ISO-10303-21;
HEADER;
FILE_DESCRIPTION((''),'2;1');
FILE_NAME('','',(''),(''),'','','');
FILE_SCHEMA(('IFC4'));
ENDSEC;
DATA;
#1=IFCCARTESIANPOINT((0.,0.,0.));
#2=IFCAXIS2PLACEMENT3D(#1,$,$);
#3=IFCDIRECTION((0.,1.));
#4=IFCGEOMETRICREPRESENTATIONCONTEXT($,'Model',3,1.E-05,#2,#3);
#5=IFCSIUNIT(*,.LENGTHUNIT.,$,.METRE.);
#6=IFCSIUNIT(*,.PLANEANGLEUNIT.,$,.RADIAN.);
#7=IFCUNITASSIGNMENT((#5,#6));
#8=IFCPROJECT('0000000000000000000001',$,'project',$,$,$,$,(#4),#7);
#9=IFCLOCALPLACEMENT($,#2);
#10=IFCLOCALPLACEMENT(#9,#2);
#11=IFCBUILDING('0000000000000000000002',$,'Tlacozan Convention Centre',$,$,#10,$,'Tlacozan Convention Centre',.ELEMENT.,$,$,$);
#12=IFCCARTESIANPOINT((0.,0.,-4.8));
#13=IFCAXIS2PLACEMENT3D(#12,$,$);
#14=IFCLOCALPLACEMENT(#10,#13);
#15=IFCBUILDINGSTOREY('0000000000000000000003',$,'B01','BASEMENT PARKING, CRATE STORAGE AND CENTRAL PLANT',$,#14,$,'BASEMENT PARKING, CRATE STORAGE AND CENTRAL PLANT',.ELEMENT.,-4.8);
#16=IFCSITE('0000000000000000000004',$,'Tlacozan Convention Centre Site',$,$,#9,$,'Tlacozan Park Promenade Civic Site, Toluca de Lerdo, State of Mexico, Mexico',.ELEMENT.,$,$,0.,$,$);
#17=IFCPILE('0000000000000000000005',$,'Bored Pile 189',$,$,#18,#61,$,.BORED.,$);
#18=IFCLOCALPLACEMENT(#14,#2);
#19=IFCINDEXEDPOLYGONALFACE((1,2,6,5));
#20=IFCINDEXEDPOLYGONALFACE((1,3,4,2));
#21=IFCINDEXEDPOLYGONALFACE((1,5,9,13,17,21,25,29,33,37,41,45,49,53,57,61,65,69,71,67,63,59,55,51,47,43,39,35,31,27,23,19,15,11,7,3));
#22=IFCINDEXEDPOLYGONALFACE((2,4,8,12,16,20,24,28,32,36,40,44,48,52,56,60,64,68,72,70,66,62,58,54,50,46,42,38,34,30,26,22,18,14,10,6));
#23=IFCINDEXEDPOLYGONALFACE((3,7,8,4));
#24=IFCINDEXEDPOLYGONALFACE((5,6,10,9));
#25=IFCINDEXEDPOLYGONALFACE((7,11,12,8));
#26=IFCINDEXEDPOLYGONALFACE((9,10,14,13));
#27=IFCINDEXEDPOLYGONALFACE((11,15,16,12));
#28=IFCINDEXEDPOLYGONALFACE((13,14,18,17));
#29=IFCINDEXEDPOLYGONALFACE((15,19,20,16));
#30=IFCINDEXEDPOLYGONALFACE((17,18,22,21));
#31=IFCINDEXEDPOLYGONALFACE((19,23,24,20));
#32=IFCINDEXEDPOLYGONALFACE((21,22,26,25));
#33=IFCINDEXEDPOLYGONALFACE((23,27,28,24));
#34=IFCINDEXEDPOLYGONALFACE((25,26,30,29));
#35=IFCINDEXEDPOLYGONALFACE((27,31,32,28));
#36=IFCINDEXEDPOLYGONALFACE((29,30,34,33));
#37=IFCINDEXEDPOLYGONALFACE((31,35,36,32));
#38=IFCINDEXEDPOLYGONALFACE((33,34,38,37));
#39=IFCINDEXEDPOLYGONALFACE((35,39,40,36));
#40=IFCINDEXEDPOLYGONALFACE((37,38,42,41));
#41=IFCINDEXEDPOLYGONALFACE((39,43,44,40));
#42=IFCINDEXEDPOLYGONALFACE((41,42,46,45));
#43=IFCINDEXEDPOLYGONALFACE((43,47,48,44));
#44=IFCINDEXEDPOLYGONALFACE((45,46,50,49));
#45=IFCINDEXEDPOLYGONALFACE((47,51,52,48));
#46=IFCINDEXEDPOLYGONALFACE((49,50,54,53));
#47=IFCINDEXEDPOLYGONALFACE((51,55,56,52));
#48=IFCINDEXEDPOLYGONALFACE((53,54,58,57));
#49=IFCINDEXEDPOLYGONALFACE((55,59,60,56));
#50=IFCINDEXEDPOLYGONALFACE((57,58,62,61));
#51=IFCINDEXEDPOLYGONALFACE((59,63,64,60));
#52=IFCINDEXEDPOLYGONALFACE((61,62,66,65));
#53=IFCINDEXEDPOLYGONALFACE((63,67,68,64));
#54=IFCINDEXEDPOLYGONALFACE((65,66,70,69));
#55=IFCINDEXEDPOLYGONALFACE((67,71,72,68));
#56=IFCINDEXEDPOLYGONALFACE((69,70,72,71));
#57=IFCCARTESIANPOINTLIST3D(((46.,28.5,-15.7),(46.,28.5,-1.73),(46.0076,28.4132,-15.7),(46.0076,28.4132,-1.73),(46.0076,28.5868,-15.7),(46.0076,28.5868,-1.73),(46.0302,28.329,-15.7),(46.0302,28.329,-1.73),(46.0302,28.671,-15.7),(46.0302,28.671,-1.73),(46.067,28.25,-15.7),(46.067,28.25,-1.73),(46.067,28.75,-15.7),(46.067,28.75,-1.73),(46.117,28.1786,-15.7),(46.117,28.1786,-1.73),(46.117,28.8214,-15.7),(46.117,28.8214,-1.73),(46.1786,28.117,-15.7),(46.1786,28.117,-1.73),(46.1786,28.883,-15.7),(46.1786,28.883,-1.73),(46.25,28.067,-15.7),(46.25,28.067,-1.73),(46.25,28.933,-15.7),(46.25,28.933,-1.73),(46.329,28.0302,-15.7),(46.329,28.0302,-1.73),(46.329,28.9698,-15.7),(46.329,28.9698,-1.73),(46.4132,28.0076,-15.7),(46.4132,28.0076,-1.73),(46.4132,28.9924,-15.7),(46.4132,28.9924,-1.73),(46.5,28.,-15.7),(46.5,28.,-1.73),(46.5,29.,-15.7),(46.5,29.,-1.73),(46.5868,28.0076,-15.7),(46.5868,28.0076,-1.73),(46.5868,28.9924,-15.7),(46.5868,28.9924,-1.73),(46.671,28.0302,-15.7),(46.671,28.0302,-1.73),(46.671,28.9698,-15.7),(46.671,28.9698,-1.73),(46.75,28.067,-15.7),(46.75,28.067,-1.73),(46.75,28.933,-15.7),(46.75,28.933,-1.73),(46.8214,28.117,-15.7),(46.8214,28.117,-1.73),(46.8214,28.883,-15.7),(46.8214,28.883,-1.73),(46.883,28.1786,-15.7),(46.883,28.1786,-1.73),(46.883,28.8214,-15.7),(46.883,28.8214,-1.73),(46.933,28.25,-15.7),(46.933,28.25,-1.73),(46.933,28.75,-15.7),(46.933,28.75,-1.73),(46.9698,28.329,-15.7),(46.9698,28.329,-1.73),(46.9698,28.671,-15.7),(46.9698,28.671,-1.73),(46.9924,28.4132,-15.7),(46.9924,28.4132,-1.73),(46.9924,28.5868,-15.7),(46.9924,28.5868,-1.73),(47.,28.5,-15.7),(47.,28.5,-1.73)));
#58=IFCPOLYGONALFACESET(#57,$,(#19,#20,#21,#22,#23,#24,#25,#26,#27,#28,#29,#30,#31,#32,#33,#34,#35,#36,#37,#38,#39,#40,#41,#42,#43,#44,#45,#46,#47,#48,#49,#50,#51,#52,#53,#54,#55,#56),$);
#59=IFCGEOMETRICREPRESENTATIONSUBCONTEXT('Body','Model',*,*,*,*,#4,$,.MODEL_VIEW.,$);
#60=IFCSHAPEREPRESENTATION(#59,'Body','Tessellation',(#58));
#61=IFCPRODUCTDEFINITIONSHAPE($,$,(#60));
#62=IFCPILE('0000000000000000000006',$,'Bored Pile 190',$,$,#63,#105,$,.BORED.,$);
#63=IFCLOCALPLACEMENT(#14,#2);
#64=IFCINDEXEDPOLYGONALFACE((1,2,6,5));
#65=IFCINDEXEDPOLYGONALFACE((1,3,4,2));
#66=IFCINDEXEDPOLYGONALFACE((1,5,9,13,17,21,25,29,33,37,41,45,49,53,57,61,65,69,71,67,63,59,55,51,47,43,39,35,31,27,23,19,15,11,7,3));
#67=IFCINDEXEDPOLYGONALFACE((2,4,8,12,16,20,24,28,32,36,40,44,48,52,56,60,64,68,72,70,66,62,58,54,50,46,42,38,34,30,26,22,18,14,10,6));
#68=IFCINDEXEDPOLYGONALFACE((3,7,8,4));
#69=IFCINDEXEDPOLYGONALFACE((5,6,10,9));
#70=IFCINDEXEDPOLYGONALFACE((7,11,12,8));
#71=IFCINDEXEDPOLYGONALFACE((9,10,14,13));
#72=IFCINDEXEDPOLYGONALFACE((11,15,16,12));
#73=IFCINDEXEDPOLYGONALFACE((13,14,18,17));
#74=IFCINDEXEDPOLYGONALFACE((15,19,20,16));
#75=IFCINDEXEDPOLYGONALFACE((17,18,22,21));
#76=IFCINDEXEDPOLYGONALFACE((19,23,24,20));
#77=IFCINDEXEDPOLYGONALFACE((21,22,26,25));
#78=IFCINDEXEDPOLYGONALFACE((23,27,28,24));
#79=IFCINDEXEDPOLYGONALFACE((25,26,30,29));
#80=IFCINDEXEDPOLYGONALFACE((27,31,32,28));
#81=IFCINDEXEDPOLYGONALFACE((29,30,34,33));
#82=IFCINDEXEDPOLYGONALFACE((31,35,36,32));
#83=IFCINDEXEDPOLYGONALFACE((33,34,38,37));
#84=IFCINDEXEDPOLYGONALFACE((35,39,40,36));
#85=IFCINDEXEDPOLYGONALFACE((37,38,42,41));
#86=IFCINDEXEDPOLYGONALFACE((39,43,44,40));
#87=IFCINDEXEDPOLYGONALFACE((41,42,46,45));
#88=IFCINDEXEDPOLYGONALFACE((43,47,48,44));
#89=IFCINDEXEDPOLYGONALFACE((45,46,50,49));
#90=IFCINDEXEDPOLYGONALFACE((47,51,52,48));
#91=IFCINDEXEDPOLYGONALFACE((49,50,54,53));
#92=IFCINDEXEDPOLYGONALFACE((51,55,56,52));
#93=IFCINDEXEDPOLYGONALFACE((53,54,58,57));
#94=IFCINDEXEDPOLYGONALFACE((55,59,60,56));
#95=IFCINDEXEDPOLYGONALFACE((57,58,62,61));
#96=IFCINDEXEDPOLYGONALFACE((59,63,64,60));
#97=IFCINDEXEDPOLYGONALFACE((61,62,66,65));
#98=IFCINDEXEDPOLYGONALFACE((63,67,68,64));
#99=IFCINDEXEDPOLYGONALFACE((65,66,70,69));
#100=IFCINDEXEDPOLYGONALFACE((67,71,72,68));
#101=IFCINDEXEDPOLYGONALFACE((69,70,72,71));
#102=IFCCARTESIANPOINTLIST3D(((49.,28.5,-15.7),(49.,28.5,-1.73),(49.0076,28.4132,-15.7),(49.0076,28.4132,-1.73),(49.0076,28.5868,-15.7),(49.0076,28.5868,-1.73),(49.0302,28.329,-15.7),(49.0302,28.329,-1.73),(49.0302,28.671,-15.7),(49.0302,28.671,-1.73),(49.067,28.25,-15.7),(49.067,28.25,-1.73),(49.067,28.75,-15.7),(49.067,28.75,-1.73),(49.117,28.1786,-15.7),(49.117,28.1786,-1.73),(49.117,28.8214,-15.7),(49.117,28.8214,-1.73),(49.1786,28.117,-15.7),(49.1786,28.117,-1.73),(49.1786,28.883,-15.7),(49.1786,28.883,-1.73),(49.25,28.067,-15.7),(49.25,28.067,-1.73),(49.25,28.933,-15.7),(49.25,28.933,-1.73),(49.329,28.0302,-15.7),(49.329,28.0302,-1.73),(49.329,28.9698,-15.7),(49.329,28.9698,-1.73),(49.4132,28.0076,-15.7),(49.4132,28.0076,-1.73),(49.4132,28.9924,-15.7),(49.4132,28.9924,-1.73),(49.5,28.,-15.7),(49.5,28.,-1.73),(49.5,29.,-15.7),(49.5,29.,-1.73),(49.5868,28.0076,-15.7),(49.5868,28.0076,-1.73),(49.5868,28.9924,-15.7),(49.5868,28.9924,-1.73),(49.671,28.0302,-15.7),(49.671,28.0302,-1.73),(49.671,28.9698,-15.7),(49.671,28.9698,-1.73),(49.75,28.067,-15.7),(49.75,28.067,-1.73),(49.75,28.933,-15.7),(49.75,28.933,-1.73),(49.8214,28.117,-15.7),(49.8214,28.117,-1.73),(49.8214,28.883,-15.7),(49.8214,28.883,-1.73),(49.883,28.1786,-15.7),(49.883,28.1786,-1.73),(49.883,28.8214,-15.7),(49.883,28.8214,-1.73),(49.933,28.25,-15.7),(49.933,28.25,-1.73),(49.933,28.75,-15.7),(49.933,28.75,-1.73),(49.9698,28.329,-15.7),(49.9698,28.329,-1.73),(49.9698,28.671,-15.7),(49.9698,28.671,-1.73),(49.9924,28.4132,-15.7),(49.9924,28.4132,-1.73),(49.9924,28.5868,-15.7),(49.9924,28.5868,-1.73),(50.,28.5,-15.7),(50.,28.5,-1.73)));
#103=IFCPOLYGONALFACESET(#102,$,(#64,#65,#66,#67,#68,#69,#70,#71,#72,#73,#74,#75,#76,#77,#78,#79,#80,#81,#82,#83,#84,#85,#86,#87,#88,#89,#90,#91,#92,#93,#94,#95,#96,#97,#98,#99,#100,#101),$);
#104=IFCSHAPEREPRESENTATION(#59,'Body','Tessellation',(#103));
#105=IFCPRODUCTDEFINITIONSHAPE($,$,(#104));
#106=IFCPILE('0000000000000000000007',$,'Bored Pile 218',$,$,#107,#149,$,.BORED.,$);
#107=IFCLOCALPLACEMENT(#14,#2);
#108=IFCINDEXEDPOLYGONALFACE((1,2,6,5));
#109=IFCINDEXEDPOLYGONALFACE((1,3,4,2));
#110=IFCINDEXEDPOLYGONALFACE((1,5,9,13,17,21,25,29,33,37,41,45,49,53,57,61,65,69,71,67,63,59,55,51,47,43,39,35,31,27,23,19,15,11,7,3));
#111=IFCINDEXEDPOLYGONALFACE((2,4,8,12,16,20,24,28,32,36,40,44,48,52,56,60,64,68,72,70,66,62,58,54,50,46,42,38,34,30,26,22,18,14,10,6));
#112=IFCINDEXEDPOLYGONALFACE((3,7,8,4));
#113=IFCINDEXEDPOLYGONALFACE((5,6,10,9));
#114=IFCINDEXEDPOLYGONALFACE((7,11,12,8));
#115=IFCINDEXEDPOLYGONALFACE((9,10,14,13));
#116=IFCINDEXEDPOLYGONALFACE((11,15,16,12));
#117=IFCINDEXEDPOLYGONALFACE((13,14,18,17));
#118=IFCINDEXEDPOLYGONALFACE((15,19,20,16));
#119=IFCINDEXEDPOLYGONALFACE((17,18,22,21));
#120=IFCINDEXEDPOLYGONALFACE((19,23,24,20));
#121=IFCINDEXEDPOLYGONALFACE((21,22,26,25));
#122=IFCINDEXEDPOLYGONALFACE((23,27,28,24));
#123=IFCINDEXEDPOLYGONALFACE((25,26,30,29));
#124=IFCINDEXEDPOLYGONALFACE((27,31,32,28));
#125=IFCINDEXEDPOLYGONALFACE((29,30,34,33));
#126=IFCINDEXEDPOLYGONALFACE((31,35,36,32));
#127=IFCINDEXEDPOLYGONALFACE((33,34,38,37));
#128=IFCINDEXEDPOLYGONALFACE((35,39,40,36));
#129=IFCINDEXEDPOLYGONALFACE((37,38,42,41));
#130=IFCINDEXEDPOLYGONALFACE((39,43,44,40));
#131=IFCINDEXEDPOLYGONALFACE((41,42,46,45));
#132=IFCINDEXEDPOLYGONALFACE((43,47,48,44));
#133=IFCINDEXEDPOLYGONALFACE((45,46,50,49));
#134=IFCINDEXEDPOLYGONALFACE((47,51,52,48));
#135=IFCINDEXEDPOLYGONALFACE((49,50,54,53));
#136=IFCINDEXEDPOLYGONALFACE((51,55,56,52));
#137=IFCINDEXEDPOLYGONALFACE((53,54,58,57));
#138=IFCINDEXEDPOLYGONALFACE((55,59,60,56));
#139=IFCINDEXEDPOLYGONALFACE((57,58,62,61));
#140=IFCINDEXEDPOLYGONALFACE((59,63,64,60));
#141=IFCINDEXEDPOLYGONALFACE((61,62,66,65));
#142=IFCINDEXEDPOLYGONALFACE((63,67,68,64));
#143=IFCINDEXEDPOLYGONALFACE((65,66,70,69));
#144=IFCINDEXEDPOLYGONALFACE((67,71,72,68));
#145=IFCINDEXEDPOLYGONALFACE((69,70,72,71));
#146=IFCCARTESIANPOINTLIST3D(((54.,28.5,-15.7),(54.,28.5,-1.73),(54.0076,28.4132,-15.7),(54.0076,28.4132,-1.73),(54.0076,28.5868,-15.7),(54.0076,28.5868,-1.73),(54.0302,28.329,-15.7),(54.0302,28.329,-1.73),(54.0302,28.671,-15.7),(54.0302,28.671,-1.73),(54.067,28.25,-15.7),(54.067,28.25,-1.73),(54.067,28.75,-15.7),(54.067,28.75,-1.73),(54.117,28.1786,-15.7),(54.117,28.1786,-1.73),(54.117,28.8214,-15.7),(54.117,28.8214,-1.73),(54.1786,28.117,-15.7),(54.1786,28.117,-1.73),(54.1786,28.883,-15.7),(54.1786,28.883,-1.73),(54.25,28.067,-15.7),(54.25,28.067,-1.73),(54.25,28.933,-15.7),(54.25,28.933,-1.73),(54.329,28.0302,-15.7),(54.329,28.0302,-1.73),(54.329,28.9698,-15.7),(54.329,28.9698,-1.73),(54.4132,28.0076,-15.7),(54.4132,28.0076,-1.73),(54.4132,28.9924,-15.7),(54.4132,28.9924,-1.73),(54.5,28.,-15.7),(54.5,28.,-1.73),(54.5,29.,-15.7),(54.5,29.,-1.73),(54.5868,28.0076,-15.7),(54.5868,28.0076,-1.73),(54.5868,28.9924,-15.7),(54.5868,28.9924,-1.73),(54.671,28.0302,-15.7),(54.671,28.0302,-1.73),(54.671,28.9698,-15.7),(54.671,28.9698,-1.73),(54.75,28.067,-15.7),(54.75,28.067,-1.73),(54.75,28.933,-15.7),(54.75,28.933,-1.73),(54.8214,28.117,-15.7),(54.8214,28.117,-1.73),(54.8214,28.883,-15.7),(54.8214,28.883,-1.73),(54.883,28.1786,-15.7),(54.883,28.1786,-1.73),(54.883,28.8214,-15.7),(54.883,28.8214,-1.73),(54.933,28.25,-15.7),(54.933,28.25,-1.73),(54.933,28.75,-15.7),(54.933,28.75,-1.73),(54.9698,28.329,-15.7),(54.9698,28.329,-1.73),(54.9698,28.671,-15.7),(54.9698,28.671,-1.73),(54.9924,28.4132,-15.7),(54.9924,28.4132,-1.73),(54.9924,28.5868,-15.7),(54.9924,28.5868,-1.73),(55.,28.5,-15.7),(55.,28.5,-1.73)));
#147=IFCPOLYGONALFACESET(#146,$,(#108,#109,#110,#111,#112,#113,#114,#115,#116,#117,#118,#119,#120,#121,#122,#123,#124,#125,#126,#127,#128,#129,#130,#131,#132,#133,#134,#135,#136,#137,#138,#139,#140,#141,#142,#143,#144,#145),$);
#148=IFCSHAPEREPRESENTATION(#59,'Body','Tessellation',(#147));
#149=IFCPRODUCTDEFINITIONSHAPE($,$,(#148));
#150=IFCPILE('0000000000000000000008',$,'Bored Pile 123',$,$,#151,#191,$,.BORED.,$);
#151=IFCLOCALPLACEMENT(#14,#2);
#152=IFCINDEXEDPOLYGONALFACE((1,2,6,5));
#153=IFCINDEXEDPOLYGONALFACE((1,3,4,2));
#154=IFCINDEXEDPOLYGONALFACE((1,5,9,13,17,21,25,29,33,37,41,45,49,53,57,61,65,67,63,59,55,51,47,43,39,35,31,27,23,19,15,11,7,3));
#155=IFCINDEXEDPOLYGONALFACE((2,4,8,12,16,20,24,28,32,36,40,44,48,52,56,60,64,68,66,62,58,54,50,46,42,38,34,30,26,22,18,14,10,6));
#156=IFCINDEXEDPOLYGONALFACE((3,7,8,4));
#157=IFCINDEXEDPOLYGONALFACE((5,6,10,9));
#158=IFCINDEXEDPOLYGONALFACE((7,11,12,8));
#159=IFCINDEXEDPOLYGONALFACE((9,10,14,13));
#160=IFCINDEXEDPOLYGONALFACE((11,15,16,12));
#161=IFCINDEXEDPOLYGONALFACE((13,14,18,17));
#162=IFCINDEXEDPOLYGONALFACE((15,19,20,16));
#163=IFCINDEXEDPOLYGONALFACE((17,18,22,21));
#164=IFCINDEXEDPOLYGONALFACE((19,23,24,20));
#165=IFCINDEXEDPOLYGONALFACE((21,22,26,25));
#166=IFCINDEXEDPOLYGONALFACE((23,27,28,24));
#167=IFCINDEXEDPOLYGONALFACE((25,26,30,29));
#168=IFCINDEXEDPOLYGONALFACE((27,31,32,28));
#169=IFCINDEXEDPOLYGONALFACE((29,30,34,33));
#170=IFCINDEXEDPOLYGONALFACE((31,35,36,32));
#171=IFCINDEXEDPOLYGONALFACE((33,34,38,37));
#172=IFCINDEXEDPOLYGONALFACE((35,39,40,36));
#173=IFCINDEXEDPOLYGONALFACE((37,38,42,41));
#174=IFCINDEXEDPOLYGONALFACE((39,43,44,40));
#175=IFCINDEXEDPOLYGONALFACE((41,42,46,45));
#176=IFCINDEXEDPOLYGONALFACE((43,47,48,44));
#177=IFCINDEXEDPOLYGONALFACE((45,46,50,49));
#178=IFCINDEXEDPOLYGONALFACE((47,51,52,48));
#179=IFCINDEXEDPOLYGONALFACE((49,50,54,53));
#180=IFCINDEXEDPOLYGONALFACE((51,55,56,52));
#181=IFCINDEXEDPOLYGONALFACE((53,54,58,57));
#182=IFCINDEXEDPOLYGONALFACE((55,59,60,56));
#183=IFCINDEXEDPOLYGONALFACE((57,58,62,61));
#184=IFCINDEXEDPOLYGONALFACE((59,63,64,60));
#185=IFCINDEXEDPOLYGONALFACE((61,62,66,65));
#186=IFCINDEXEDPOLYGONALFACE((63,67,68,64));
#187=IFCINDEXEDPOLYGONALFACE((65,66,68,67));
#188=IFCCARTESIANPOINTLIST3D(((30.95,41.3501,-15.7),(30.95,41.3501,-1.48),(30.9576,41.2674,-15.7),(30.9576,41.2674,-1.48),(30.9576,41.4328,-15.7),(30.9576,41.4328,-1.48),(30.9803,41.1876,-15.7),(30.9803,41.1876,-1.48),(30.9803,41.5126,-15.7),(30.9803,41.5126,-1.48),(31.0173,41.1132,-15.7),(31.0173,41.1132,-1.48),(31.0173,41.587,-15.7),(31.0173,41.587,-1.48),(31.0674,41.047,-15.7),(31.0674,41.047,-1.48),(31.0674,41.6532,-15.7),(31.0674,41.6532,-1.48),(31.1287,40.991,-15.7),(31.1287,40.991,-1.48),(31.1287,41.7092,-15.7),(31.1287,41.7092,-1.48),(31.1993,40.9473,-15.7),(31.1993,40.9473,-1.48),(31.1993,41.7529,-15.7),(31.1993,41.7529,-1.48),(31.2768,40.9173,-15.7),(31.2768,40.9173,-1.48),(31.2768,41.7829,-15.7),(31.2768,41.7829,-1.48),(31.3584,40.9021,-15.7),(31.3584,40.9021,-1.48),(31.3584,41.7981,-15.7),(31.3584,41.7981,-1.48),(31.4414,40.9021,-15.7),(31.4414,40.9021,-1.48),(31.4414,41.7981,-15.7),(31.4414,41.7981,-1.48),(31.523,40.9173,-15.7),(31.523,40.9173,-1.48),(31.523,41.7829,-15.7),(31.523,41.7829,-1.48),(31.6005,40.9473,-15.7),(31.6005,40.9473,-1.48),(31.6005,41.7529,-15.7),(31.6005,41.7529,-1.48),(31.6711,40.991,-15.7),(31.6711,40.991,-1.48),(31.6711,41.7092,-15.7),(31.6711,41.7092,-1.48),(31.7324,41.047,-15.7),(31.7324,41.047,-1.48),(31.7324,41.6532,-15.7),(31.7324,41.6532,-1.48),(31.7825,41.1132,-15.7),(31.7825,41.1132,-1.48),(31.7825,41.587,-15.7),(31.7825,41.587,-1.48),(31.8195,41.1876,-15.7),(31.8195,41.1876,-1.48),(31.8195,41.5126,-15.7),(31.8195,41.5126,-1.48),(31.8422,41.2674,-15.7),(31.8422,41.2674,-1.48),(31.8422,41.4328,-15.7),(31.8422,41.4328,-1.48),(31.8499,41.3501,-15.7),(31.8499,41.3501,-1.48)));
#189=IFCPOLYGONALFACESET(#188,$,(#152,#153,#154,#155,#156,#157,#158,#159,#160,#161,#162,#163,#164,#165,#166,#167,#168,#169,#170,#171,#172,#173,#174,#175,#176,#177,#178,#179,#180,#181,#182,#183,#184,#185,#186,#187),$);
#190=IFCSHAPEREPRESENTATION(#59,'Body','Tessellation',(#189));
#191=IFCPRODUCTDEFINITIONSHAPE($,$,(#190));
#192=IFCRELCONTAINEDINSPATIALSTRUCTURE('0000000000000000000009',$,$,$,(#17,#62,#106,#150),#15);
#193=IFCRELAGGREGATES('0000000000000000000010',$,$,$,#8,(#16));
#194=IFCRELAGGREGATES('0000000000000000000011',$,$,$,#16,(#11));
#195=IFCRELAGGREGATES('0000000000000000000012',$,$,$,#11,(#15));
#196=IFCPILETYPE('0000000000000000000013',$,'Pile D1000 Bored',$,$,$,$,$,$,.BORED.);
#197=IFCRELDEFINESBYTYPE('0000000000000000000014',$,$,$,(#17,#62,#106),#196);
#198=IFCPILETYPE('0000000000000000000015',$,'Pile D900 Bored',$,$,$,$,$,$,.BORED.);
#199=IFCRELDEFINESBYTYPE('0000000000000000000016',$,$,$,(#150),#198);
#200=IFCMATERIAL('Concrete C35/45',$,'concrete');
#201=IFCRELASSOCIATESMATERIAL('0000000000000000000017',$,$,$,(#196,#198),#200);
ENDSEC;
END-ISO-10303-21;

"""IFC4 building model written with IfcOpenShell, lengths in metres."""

from ifc_helpers import new_model, si_unit, direction, frame, origin, origin_2d, place, context, subcontext, project, spatial, circle, extrude, material, material_profile, profile_set, type_object, element, save


model = new_model("IFC4")

# Units and contexts
model_context = context("Model", 3, precision=1e-05, world=origin(), true_north=direction((0.0, 1.0)))
body_context = subcontext(model_context, "Body", "Model", "MODEL_VIEW")
ifc_project = project(units=[si_unit("LENGTHUNIT", "METRE"), si_unit("PLANEANGLEUNIT", "RADIAN")], contexts=[model_context])

# Site, building, storey
site_placement = place(None, origin())
site = spatial("IfcSite", under=ifc_project, at=site_placement, Name="Tlacozan Convention Centre Site", LongName="Tlacozan Park Promenade Civic Site, Toluca de Lerdo, State of Mexico, Mexico", CompositionType="ELEMENT", RefElevation=0.0)
building_placement = place(site_placement, origin())
building = spatial("IfcBuilding", under=site, at=building_placement, Name="Tlacozan Convention Centre", LongName="Tlacozan Convention Centre", CompositionType="ELEMENT")
storey_placement = place(building_placement, frame((0.0, 0.0, -4.8)))
storey = spatial("IfcBuildingStorey", under=building, at=storey_placement, Name="B01", Description="BASEMENT PARKING, CRATE STORAGE AND CENTRAL PLANT", LongName="BASEMENT PARKING, CRATE STORAGE AND CENTRAL PLANT", CompositionType="ELEMENT", Elevation=-4.8)

# Shared definitions
ifc_material_1 = material(Name="Concrete C35/45", Category="concrete")

# Piles
ifc_material_profile_1 = material_profile(ifc_material_1, circle(Radius=0.5, at=origin_2d()), Name="PILE D1000")
ifc_profile_set_1 = profile_set([ifc_material_profile_1], Name="Concrete C35/45")
pile_type_1 = type_object("IfcPileType", Name="Pile D1000 Bored", PredefinedType="BORED", material=ifc_profile_set_1)
for number, where, z_axis, x_axis, name in (
    (1, (46.5, 28.5, -1.73), (0.0, 0.0, -1.0), (1.0, 0.0, 0.0), "Bored Pile 189"),
    (2, (49.5, 28.5, -1.73), (0.0, 0.0, -1.0), (1.0, 0.0, 0.0), "Bored Pile 190"),
    (3, (54.5, 28.5, -1.73), (0.0, 0.0, -1.0), (1.0, 0.0, 0.0), "Bored Pile 218"),
):
    element("IfcPile", number, at=place(storey_placement, frame(where, z_axis=z_axis, x_axis=x_axis)), inside=storey, type_object=pile_type_1, Name=name, PredefinedType="BORED", context=body_context, shape_type="SweptSolid", body=[
        extrude(circle(Radius=0.5, at=origin_2d()), origin(), (0.0, 0.0, 1.0), 13.97),
    ])
ifc_material_profile_2 = material_profile(ifc_material_1, circle(Radius=0.45, at=origin_2d()), Name="PILE D900")
ifc_profile_set_2 = profile_set([ifc_material_profile_2], Name="Concrete C35/45")
pile_type_2 = type_object("IfcPileType", Name="Pile D900 Bored", PredefinedType="BORED", material=ifc_profile_set_2)
for number, where, z_axis, x_axis, name in (
    (4, (31.3999, 41.3501, -1.48), (0.0, 0.0, -1.0), (1.0, 0.0, 0.0), "Bored Pile 123"),
):
    element("IfcPile", number, at=place(storey_placement, frame(where, z_axis=z_axis, x_axis=x_axis)), inside=storey, type_object=pile_type_2, Name=name, PredefinedType="BORED", context=body_context, shape_type="SweptSolid", body=[
        extrude(circle(Radius=0.45, at=origin_2d()), origin(), (0.0, 0.0, 1.0), 14.22),
    ])

save(model, "model.ifc")
